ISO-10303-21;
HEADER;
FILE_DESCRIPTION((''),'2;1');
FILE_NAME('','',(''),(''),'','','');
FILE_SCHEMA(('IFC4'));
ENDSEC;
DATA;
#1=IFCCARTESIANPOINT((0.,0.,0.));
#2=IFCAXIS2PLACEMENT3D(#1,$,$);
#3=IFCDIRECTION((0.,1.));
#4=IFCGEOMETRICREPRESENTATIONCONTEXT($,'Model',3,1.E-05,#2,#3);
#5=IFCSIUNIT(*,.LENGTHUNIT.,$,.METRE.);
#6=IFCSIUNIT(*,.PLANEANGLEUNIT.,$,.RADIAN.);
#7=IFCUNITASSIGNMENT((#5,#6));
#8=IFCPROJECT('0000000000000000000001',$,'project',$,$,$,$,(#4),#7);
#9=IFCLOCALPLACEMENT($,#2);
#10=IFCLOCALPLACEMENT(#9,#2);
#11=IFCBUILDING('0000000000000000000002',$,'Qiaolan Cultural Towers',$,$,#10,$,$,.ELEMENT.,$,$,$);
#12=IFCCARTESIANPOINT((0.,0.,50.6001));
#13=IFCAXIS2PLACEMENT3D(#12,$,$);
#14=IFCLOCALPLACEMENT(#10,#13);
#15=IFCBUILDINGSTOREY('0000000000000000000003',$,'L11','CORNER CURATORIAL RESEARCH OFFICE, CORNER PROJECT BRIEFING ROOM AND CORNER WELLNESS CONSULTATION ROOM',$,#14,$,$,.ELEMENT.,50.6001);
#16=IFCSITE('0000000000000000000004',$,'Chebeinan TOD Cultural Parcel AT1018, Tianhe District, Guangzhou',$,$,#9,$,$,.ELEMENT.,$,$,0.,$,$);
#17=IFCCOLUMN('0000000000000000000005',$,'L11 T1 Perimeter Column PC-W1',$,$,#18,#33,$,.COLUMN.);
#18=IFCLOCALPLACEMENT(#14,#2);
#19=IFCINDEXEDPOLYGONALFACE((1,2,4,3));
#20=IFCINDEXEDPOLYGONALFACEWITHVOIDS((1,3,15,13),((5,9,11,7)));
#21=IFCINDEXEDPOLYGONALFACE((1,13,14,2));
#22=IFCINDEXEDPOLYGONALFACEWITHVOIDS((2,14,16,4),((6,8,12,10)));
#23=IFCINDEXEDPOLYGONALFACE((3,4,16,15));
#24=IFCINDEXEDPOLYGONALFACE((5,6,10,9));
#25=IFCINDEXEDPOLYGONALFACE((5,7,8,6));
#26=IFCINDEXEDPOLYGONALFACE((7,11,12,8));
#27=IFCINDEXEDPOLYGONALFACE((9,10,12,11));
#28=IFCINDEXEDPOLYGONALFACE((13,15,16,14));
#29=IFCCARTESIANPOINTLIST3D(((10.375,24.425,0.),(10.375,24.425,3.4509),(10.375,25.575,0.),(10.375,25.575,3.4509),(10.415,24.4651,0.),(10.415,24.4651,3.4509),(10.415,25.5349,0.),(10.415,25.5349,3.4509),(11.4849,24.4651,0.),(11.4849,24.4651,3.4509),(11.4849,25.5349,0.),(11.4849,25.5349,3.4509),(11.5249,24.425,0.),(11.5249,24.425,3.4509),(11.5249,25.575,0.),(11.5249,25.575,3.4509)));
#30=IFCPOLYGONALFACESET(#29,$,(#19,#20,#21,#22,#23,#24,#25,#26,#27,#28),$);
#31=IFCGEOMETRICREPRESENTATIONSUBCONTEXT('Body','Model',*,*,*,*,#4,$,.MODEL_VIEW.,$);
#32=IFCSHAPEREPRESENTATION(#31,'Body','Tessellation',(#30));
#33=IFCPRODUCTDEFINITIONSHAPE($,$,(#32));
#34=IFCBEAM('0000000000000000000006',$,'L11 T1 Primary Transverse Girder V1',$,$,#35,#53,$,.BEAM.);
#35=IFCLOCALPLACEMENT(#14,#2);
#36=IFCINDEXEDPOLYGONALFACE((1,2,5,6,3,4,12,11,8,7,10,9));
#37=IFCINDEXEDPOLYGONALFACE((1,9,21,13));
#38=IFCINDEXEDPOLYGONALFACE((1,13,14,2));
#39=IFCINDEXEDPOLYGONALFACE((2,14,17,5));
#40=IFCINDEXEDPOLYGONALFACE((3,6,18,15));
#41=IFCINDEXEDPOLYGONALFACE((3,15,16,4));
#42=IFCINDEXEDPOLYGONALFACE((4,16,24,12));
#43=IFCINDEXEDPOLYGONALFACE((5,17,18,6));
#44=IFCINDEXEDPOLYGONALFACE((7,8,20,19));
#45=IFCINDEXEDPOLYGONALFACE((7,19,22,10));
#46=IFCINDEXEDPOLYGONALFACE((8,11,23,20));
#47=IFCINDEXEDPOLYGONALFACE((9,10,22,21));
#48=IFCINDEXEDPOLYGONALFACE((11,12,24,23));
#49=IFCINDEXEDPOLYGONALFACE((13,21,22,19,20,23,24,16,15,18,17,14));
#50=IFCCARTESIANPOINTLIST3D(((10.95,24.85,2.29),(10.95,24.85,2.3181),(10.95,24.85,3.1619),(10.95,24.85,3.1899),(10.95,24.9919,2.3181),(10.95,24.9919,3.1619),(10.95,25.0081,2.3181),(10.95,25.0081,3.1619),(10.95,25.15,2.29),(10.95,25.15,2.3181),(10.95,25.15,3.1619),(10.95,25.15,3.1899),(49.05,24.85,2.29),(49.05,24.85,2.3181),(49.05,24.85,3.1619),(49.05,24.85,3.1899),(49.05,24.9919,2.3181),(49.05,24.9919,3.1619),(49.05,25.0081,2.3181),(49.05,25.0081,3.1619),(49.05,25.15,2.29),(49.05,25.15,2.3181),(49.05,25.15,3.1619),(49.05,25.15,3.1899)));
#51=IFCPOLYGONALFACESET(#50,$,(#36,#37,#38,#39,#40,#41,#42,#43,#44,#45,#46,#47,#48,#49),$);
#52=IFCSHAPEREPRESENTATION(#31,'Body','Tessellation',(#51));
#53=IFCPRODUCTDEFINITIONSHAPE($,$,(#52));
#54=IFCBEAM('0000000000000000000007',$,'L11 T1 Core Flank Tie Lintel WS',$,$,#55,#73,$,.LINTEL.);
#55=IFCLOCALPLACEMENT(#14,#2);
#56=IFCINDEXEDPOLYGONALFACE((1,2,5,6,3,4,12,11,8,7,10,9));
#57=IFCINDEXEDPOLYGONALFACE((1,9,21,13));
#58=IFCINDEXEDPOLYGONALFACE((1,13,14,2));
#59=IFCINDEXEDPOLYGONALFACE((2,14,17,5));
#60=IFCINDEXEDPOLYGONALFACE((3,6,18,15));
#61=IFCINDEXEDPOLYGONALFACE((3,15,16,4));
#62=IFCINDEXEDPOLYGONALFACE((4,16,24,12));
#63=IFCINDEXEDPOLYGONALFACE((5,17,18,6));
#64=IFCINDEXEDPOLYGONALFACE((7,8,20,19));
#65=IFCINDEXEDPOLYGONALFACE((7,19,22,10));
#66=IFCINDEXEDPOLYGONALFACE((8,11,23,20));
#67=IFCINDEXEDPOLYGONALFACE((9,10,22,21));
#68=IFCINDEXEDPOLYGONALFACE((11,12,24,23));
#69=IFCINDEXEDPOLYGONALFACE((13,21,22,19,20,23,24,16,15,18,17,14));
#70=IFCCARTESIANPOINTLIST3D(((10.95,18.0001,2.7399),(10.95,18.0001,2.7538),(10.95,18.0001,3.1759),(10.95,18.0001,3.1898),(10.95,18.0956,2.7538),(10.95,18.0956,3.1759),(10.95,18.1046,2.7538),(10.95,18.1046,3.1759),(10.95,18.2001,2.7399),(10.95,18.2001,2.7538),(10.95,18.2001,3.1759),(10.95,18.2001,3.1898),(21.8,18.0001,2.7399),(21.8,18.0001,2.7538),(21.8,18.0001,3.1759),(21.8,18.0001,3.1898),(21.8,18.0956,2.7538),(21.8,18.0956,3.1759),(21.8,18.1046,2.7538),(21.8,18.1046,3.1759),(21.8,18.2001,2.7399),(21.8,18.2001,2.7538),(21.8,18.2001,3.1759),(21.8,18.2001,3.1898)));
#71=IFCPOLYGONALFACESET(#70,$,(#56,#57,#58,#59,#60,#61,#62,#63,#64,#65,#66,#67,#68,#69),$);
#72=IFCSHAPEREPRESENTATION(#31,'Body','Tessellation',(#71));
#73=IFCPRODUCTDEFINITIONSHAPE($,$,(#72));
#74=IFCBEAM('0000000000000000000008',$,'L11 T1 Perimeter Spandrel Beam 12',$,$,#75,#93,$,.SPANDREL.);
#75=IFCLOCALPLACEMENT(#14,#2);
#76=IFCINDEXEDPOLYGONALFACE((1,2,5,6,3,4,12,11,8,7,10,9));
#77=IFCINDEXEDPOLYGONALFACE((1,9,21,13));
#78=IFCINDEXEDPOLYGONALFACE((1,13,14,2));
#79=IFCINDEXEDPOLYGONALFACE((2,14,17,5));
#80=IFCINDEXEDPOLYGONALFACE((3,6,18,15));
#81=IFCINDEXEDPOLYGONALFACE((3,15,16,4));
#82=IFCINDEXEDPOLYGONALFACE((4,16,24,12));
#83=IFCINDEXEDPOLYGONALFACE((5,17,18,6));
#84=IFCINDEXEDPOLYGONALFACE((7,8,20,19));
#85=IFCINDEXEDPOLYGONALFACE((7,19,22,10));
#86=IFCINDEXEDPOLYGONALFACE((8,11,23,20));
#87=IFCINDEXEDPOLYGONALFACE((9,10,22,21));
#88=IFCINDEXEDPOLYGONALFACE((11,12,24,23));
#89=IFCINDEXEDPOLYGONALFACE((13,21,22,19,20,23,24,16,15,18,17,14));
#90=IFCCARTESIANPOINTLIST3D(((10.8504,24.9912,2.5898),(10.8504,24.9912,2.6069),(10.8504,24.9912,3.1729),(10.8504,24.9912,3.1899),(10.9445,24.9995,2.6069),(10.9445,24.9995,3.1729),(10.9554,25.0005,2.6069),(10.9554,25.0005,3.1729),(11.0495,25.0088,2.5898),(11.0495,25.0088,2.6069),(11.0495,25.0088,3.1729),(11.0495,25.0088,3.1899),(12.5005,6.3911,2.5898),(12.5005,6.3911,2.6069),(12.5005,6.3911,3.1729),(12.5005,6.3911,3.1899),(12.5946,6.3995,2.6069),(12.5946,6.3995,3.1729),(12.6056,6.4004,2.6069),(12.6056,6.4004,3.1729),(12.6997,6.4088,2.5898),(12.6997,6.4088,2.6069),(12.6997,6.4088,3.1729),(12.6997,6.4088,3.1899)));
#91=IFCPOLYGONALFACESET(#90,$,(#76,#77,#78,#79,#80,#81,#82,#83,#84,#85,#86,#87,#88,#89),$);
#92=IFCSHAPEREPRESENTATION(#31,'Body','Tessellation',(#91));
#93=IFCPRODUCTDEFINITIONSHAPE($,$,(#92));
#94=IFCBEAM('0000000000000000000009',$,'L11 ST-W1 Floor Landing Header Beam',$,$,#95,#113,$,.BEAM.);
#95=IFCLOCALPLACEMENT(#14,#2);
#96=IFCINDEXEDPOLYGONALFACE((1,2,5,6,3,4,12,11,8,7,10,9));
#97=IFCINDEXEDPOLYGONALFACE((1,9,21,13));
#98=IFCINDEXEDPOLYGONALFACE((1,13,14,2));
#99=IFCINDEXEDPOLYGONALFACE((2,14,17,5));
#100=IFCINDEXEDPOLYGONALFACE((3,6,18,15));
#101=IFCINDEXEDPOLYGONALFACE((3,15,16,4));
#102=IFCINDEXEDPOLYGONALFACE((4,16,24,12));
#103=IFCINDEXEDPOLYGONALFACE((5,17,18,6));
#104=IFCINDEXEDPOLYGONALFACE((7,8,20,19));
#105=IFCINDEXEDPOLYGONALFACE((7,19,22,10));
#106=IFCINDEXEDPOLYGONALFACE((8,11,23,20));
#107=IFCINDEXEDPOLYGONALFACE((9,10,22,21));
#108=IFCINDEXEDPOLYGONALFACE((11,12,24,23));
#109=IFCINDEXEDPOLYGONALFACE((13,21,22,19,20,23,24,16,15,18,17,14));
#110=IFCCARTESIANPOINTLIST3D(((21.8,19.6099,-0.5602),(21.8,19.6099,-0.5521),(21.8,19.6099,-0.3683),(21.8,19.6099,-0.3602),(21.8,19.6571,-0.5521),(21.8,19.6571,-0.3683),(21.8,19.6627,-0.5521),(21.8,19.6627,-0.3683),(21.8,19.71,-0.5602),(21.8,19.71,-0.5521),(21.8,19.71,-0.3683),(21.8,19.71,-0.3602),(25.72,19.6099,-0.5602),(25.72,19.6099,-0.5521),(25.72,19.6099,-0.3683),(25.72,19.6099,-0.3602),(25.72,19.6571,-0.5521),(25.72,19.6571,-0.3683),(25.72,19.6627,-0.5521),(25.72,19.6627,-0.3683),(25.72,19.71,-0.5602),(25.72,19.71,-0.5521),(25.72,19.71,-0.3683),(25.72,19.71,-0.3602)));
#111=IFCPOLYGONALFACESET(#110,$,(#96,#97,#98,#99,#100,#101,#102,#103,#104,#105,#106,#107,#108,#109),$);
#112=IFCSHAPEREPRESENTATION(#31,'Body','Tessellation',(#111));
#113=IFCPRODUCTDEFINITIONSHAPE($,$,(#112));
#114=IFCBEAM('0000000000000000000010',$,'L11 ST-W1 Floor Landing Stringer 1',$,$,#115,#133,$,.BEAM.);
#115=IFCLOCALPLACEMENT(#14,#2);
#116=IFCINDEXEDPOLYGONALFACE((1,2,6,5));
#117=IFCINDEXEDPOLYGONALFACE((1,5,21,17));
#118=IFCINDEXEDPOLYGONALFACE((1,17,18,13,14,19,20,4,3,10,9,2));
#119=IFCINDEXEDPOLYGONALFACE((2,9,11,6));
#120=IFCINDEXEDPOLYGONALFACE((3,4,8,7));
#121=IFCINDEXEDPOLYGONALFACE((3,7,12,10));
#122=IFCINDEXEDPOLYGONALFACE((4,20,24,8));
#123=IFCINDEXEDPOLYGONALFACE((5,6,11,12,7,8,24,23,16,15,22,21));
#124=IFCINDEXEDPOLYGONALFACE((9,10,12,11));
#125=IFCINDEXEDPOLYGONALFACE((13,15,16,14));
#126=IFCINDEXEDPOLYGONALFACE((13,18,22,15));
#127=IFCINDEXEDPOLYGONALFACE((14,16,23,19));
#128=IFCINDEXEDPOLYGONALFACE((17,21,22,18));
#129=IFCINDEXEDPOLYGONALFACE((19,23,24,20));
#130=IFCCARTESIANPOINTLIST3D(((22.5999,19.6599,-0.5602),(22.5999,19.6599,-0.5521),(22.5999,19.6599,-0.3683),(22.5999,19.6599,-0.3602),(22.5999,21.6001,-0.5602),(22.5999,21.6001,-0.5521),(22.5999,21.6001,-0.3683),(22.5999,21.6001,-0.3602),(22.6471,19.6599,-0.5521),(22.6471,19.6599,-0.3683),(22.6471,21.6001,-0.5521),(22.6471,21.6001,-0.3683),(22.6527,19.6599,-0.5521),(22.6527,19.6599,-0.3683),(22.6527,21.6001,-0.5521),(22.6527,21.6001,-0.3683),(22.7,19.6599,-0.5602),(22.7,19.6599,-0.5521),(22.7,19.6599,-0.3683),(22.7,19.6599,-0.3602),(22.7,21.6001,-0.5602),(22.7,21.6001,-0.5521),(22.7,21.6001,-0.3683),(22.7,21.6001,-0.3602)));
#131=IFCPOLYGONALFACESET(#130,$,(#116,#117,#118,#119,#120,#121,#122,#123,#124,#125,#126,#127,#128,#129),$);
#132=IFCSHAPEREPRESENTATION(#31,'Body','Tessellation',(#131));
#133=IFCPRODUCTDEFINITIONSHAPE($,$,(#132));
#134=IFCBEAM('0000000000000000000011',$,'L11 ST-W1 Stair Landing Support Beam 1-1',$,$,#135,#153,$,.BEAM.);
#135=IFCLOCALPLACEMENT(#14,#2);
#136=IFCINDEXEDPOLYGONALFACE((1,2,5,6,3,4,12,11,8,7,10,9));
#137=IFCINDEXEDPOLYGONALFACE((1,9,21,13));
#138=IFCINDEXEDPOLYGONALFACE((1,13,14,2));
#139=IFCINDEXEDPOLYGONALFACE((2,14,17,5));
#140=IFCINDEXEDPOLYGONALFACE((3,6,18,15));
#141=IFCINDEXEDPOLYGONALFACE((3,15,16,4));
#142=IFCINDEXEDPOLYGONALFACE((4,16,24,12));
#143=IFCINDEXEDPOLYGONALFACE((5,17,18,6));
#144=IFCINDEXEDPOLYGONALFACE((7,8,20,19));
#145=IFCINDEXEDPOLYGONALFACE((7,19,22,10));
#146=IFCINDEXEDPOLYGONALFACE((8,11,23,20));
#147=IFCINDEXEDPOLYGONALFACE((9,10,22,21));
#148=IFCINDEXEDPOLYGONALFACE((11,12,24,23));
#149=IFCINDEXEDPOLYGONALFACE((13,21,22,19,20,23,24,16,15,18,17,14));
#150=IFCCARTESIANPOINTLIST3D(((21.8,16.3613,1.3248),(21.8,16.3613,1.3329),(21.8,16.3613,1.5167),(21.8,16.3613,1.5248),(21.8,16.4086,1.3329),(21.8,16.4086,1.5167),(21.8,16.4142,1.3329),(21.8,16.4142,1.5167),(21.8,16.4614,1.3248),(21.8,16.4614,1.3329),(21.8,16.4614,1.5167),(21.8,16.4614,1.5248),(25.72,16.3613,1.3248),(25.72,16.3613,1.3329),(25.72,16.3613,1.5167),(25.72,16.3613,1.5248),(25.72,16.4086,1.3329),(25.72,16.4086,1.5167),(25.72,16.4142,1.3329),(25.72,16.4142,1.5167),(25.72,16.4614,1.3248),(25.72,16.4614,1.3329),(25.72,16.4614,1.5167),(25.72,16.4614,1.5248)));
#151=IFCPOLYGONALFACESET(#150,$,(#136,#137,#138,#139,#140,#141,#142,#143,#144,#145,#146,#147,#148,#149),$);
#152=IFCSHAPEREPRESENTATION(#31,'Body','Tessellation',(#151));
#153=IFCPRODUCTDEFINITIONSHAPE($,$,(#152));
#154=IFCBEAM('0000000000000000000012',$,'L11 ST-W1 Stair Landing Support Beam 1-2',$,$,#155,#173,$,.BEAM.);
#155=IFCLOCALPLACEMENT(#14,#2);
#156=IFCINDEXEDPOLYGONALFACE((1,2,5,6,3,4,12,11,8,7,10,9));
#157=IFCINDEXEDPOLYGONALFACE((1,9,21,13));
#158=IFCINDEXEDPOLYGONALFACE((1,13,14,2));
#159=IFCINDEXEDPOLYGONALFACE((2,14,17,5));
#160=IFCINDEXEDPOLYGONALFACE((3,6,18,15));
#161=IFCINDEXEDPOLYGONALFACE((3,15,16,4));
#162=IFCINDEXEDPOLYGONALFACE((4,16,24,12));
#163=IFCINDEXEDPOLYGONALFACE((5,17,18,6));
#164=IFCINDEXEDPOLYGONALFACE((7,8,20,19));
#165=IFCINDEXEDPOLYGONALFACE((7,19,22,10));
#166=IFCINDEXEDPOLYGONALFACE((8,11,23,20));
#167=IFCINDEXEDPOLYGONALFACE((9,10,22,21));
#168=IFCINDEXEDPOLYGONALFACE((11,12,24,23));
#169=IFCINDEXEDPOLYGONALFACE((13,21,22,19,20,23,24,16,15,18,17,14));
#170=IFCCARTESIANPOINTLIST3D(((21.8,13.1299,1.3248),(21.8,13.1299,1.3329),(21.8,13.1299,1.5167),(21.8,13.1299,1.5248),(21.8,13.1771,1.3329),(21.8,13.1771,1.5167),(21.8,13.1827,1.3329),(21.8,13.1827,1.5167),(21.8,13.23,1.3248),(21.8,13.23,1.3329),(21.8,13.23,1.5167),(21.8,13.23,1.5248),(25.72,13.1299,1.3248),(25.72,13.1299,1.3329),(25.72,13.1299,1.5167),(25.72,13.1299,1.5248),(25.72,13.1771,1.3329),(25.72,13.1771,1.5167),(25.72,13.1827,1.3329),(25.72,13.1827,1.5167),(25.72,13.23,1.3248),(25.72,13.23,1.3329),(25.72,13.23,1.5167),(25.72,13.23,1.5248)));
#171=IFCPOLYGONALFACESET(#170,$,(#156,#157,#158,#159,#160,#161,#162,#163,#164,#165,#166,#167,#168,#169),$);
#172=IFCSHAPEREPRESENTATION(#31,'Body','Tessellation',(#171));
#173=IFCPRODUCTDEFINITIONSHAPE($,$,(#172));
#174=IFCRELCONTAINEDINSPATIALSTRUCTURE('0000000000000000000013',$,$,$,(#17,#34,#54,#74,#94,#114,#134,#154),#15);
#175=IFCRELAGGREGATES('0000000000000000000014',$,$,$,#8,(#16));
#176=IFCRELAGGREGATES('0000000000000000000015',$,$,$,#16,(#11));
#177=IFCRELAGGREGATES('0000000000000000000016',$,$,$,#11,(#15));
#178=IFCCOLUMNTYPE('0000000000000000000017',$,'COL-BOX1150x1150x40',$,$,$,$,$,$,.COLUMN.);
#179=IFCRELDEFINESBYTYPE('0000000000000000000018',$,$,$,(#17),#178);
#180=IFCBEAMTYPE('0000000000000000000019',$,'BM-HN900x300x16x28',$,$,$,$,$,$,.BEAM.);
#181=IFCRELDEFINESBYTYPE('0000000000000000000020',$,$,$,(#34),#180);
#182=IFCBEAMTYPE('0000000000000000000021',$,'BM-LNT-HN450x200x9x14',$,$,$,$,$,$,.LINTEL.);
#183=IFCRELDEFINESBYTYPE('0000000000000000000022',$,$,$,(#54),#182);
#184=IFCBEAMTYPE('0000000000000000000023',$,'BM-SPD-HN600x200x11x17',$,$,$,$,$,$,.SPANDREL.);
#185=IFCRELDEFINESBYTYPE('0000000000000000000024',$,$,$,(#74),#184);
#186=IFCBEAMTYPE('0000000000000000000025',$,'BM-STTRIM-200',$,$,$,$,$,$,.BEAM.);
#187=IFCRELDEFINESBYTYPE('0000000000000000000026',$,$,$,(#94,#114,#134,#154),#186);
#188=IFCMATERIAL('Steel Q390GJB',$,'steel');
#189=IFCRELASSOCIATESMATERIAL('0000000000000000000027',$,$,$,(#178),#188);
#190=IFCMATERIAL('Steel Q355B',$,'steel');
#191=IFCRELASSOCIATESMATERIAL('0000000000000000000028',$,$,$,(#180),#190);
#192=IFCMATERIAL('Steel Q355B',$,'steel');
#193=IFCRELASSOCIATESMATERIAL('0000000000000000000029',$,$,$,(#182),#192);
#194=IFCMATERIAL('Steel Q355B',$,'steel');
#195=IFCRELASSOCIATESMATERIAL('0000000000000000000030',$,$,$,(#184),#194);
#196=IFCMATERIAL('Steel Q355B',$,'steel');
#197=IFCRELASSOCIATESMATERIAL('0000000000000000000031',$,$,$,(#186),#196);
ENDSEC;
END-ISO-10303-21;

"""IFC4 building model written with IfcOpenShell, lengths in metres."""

from ifc_helpers import new_model, si_unit, direction, frame, origin, origin_2d, place, context, subcontext, project, spatial, hollow_rectangle, i_section, extrude, material, material_profile, profile_set, type_object, element, save


model = new_model("IFC4")

# Units and contexts
model_context = context("Model", 3, precision=1e-05, world=origin(), true_north=direction((0.0, 1.0)))
body_context = subcontext(model_context, "Body", "Model", "MODEL_VIEW")
ifc_project = project(units=[si_unit("LENGTHUNIT", "METRE"), si_unit("PLANEANGLEUNIT", "RADIAN")], contexts=[model_context])

# Site, building, storey
site_placement = place(None, origin())
site = spatial("IfcSite", under=ifc_project, at=site_placement, Name="Chebeinan TOD Cultural Parcel AT1018, Tianhe District, Guangzhou", CompositionType="ELEMENT", RefElevation=0.0)
building_placement = place(site_placement, origin())
building = spatial("IfcBuilding", under=site, at=building_placement, Name="Qiaolan Cultural Towers", CompositionType="ELEMENT")
storey_placement = place(building_placement, frame((0.0, 0.0, 50.6001)))
storey = spatial("IfcBuildingStorey", under=building, at=storey_placement, Name="L11", Description="CORNER CURATORIAL RESEARCH OFFICE, CORNER PROJECT BRIEFING ROOM AND CORNER WELLNESS CONSULTATION ROOM", CompositionType="ELEMENT", Elevation=50.6001)

# Column
ifc_material_1 = material(Name="Steel Q390GJB", Category="steel")
ifc_material_profile_1 = material_profile(ifc_material_1, hollow_rectangle(XDim=1.1499, YDim=1.1499, WallThickness=0.04, at=origin_2d()), Name="BOX1150x1150x40")
ifc_profile_set_1 = profile_set([ifc_material_profile_1], Name="Steel Q390GJB")
column_type = type_object("IfcColumnType", Name="COL-BOX1150x1150x40", PredefinedType="COLUMN", material=ifc_profile_set_1)
column_placement = place(storey_placement, frame((10.95, 25.0, 0.0), z_axis=(0.0, 0.0, 1.0), x_axis=(1.0, 0.0, 0.0)))
element("IfcColumn", 1, at=column_placement, inside=storey, type_object=column_type, Name="L11 T1 Perimeter Column PC-W1", PredefinedType="COLUMN", context=body_context, shape_type="SweptSolid", body=[
    extrude(hollow_rectangle(XDim=1.1499, YDim=1.1499, WallThickness=0.04, at=origin_2d()), origin(), (0.0, 0.0, 1.0), 3.4509),
])

# Beams
ifc_material_2 = material(Name="Steel Q355B", Category="steel")
ifc_material_profile_2 = material_profile(ifc_material_2, i_section(OverallWidth=0.3, OverallDepth=0.8999, WebThickness=0.0161, FlangeThickness=0.0281, at=origin_2d()), Name="HN900x300x16x28")
ifc_profile_set_2 = profile_set([ifc_material_profile_2], Name="Steel Q355B")
beam_type_1 = type_object("IfcBeamType", Name="BM-HN900x300x16x28", PredefinedType="BEAM", material=ifc_profile_set_2)
beam_1_placement = place(storey_placement, frame((10.95, 25.0, 2.74), z_axis=(1.0, 0.0, 0.0), x_axis=(0.0, 1.0, 0.0)))
element("IfcBeam", 2, at=beam_1_placement, inside=storey, type_object=beam_type_1, Name="L11 T1 Primary Transverse Girder V1", PredefinedType="BEAM", context=body_context, shape_type="SweptSolid", body=[
    extrude(i_section(OverallWidth=0.3, OverallDepth=0.8999, WebThickness=0.0161, FlangeThickness=0.0281, at=origin_2d()), origin(), (0.0, 0.0, 1.0), 38.1001),
])
ifc_material_3 = material(Name="Steel Q355B", Category="steel")
ifc_material_profile_3 = material_profile(ifc_material_3, i_section(OverallWidth=0.2, OverallDepth=0.45, WebThickness=0.009, FlangeThickness=0.0139, at=origin_2d()), Name="HN450x200x9x14")
ifc_profile_set_3 = profile_set([ifc_material_profile_3], Name="Steel Q355B")
beam_type_2 = type_object("IfcBeamType", Name="BM-LNT-HN450x200x9x14", PredefinedType="LINTEL", material=ifc_profile_set_3)
beam_2_placement = place(storey_placement, frame((21.8, 18.1001, 2.9648), z_axis=(-1.0, 0.0, 0.0), x_axis=(0.0, -1.0, 0.0)))
element("IfcBeam", 3, at=beam_2_placement, inside=storey, type_object=beam_type_2, Name="L11 T1 Core Flank Tie Lintel WS", PredefinedType="LINTEL", context=body_context, shape_type="SweptSolid", body=[
    extrude(i_section(OverallWidth=0.2, OverallDepth=0.45, WebThickness=0.009, FlangeThickness=0.0139, at=origin_2d()), origin(), (0.0, 0.0, 1.0), 10.8501),
])
ifc_material_4 = material(Name="Steel Q355B", Category="steel")
ifc_material_profile_4 = material_profile(ifc_material_4, i_section(OverallWidth=0.2, OverallDepth=0.6001, WebThickness=0.011, FlangeThickness=0.0171, at=origin_2d()), Name="HN600x200x11x17")
ifc_profile_set_4 = profile_set([ifc_material_profile_4], Name="Steel Q355B")
beam_type_3 = type_object("IfcBeamType", Name="BM-SPD-HN600x200x11x17", PredefinedType="SPANDREL", material=ifc_profile_set_4)
beam_3_placement = place(storey_placement, frame((10.95, 25.0, 2.8899), z_axis=(0.08837, -0.996088, 0.0), x_axis=(0.996088, 0.08837, 0.0)))
element("IfcBeam", 4, at=beam_3_placement, inside=storey, type_object=beam_type_3, Name="L11 T1 Perimeter Spandrel Beam 12", PredefinedType="SPANDREL", context=body_context, shape_type="SweptSolid", body=[
    extrude(i_section(OverallWidth=0.2, OverallDepth=0.6001, WebThickness=0.011, FlangeThickness=0.0171, at=origin_2d()), origin(), (0.0, 0.0, 1.0), 18.6731),
])
ifc_material_5 = material(Name="Steel Q355B", Category="steel")
ifc_material_profile_5 = material_profile(ifc_material_5, i_section(OverallWidth=0.1001, OverallDepth=0.2, WebThickness=0.0056, FlangeThickness=0.0081, at=origin_2d()), Name="HN200x100x5.5x8")
ifc_profile_set_5 = profile_set([ifc_material_profile_5], Name="Steel Q355B")
beam_type_4 = type_object("IfcBeamType", Name="BM-STTRIM-200", PredefinedType="BEAM", material=ifc_profile_set_5)
beam_4_placement = place(storey_placement, frame((21.8, 19.6599, -0.4602), z_axis=(1.0, 0.0, 0.0), x_axis=(0.0, 1.0, 0.0)))
element("IfcBeam", 5, at=beam_4_placement, inside=storey, type_object=beam_type_4, Name="L11 ST-W1 Floor Landing Header Beam", PredefinedType="BEAM", context=body_context, shape_type="SweptSolid", body=[
    extrude(i_section(OverallWidth=0.1001, OverallDepth=0.2, WebThickness=0.0056, FlangeThickness=0.0081, at=origin_2d()), origin(), (0.0, 0.0, 1.0), 3.9199),
])
beam_5_placement = place(storey_placement, frame((22.6499, 21.6001, -0.4602), z_axis=(0.0, -1.0, 0.0), x_axis=(1.0, 0.0, 0.0)))
element("IfcBeam", 6, at=beam_5_placement, inside=storey, type_object=beam_type_4, Name="L11 ST-W1 Floor Landing Stringer 1", PredefinedType="BEAM", context=body_context, shape_type="SweptSolid", body=[
    extrude(i_section(OverallWidth=0.1001, OverallDepth=0.2, WebThickness=0.0056, FlangeThickness=0.0081, at=origin_2d()), origin(), (0.0, 0.0, 1.0), 1.9402),
])
for number, where, z_axis, x_axis, name in (
    (7, (21.8, 16.4114, 1.4248), (1.0, 0.0, 0.0), (0.0, 1.0, 0.0), "L11 ST-W1 Stair Landing Support Beam 1-1"),
    (8, (21.8, 13.1799, 1.4248), (1.0, 0.0, 0.0), (0.0, 1.0, 0.0), "L11 ST-W1 Stair Landing Support Beam 1-2"),
):
    element("IfcBeam", number, at=place(storey_placement, frame(where, z_axis=z_axis, x_axis=x_axis)), inside=storey, type_object=beam_type_4, Name=name, PredefinedType="BEAM", context=body_context, shape_type="SweptSolid", body=[
        extrude(i_section(OverallWidth=0.1001, OverallDepth=0.2, WebThickness=0.0056, FlangeThickness=0.0081, at=origin_2d()), origin(), (0.0, 0.0, 1.0), 3.9199),
    ])

save(model, "model.ifc")
